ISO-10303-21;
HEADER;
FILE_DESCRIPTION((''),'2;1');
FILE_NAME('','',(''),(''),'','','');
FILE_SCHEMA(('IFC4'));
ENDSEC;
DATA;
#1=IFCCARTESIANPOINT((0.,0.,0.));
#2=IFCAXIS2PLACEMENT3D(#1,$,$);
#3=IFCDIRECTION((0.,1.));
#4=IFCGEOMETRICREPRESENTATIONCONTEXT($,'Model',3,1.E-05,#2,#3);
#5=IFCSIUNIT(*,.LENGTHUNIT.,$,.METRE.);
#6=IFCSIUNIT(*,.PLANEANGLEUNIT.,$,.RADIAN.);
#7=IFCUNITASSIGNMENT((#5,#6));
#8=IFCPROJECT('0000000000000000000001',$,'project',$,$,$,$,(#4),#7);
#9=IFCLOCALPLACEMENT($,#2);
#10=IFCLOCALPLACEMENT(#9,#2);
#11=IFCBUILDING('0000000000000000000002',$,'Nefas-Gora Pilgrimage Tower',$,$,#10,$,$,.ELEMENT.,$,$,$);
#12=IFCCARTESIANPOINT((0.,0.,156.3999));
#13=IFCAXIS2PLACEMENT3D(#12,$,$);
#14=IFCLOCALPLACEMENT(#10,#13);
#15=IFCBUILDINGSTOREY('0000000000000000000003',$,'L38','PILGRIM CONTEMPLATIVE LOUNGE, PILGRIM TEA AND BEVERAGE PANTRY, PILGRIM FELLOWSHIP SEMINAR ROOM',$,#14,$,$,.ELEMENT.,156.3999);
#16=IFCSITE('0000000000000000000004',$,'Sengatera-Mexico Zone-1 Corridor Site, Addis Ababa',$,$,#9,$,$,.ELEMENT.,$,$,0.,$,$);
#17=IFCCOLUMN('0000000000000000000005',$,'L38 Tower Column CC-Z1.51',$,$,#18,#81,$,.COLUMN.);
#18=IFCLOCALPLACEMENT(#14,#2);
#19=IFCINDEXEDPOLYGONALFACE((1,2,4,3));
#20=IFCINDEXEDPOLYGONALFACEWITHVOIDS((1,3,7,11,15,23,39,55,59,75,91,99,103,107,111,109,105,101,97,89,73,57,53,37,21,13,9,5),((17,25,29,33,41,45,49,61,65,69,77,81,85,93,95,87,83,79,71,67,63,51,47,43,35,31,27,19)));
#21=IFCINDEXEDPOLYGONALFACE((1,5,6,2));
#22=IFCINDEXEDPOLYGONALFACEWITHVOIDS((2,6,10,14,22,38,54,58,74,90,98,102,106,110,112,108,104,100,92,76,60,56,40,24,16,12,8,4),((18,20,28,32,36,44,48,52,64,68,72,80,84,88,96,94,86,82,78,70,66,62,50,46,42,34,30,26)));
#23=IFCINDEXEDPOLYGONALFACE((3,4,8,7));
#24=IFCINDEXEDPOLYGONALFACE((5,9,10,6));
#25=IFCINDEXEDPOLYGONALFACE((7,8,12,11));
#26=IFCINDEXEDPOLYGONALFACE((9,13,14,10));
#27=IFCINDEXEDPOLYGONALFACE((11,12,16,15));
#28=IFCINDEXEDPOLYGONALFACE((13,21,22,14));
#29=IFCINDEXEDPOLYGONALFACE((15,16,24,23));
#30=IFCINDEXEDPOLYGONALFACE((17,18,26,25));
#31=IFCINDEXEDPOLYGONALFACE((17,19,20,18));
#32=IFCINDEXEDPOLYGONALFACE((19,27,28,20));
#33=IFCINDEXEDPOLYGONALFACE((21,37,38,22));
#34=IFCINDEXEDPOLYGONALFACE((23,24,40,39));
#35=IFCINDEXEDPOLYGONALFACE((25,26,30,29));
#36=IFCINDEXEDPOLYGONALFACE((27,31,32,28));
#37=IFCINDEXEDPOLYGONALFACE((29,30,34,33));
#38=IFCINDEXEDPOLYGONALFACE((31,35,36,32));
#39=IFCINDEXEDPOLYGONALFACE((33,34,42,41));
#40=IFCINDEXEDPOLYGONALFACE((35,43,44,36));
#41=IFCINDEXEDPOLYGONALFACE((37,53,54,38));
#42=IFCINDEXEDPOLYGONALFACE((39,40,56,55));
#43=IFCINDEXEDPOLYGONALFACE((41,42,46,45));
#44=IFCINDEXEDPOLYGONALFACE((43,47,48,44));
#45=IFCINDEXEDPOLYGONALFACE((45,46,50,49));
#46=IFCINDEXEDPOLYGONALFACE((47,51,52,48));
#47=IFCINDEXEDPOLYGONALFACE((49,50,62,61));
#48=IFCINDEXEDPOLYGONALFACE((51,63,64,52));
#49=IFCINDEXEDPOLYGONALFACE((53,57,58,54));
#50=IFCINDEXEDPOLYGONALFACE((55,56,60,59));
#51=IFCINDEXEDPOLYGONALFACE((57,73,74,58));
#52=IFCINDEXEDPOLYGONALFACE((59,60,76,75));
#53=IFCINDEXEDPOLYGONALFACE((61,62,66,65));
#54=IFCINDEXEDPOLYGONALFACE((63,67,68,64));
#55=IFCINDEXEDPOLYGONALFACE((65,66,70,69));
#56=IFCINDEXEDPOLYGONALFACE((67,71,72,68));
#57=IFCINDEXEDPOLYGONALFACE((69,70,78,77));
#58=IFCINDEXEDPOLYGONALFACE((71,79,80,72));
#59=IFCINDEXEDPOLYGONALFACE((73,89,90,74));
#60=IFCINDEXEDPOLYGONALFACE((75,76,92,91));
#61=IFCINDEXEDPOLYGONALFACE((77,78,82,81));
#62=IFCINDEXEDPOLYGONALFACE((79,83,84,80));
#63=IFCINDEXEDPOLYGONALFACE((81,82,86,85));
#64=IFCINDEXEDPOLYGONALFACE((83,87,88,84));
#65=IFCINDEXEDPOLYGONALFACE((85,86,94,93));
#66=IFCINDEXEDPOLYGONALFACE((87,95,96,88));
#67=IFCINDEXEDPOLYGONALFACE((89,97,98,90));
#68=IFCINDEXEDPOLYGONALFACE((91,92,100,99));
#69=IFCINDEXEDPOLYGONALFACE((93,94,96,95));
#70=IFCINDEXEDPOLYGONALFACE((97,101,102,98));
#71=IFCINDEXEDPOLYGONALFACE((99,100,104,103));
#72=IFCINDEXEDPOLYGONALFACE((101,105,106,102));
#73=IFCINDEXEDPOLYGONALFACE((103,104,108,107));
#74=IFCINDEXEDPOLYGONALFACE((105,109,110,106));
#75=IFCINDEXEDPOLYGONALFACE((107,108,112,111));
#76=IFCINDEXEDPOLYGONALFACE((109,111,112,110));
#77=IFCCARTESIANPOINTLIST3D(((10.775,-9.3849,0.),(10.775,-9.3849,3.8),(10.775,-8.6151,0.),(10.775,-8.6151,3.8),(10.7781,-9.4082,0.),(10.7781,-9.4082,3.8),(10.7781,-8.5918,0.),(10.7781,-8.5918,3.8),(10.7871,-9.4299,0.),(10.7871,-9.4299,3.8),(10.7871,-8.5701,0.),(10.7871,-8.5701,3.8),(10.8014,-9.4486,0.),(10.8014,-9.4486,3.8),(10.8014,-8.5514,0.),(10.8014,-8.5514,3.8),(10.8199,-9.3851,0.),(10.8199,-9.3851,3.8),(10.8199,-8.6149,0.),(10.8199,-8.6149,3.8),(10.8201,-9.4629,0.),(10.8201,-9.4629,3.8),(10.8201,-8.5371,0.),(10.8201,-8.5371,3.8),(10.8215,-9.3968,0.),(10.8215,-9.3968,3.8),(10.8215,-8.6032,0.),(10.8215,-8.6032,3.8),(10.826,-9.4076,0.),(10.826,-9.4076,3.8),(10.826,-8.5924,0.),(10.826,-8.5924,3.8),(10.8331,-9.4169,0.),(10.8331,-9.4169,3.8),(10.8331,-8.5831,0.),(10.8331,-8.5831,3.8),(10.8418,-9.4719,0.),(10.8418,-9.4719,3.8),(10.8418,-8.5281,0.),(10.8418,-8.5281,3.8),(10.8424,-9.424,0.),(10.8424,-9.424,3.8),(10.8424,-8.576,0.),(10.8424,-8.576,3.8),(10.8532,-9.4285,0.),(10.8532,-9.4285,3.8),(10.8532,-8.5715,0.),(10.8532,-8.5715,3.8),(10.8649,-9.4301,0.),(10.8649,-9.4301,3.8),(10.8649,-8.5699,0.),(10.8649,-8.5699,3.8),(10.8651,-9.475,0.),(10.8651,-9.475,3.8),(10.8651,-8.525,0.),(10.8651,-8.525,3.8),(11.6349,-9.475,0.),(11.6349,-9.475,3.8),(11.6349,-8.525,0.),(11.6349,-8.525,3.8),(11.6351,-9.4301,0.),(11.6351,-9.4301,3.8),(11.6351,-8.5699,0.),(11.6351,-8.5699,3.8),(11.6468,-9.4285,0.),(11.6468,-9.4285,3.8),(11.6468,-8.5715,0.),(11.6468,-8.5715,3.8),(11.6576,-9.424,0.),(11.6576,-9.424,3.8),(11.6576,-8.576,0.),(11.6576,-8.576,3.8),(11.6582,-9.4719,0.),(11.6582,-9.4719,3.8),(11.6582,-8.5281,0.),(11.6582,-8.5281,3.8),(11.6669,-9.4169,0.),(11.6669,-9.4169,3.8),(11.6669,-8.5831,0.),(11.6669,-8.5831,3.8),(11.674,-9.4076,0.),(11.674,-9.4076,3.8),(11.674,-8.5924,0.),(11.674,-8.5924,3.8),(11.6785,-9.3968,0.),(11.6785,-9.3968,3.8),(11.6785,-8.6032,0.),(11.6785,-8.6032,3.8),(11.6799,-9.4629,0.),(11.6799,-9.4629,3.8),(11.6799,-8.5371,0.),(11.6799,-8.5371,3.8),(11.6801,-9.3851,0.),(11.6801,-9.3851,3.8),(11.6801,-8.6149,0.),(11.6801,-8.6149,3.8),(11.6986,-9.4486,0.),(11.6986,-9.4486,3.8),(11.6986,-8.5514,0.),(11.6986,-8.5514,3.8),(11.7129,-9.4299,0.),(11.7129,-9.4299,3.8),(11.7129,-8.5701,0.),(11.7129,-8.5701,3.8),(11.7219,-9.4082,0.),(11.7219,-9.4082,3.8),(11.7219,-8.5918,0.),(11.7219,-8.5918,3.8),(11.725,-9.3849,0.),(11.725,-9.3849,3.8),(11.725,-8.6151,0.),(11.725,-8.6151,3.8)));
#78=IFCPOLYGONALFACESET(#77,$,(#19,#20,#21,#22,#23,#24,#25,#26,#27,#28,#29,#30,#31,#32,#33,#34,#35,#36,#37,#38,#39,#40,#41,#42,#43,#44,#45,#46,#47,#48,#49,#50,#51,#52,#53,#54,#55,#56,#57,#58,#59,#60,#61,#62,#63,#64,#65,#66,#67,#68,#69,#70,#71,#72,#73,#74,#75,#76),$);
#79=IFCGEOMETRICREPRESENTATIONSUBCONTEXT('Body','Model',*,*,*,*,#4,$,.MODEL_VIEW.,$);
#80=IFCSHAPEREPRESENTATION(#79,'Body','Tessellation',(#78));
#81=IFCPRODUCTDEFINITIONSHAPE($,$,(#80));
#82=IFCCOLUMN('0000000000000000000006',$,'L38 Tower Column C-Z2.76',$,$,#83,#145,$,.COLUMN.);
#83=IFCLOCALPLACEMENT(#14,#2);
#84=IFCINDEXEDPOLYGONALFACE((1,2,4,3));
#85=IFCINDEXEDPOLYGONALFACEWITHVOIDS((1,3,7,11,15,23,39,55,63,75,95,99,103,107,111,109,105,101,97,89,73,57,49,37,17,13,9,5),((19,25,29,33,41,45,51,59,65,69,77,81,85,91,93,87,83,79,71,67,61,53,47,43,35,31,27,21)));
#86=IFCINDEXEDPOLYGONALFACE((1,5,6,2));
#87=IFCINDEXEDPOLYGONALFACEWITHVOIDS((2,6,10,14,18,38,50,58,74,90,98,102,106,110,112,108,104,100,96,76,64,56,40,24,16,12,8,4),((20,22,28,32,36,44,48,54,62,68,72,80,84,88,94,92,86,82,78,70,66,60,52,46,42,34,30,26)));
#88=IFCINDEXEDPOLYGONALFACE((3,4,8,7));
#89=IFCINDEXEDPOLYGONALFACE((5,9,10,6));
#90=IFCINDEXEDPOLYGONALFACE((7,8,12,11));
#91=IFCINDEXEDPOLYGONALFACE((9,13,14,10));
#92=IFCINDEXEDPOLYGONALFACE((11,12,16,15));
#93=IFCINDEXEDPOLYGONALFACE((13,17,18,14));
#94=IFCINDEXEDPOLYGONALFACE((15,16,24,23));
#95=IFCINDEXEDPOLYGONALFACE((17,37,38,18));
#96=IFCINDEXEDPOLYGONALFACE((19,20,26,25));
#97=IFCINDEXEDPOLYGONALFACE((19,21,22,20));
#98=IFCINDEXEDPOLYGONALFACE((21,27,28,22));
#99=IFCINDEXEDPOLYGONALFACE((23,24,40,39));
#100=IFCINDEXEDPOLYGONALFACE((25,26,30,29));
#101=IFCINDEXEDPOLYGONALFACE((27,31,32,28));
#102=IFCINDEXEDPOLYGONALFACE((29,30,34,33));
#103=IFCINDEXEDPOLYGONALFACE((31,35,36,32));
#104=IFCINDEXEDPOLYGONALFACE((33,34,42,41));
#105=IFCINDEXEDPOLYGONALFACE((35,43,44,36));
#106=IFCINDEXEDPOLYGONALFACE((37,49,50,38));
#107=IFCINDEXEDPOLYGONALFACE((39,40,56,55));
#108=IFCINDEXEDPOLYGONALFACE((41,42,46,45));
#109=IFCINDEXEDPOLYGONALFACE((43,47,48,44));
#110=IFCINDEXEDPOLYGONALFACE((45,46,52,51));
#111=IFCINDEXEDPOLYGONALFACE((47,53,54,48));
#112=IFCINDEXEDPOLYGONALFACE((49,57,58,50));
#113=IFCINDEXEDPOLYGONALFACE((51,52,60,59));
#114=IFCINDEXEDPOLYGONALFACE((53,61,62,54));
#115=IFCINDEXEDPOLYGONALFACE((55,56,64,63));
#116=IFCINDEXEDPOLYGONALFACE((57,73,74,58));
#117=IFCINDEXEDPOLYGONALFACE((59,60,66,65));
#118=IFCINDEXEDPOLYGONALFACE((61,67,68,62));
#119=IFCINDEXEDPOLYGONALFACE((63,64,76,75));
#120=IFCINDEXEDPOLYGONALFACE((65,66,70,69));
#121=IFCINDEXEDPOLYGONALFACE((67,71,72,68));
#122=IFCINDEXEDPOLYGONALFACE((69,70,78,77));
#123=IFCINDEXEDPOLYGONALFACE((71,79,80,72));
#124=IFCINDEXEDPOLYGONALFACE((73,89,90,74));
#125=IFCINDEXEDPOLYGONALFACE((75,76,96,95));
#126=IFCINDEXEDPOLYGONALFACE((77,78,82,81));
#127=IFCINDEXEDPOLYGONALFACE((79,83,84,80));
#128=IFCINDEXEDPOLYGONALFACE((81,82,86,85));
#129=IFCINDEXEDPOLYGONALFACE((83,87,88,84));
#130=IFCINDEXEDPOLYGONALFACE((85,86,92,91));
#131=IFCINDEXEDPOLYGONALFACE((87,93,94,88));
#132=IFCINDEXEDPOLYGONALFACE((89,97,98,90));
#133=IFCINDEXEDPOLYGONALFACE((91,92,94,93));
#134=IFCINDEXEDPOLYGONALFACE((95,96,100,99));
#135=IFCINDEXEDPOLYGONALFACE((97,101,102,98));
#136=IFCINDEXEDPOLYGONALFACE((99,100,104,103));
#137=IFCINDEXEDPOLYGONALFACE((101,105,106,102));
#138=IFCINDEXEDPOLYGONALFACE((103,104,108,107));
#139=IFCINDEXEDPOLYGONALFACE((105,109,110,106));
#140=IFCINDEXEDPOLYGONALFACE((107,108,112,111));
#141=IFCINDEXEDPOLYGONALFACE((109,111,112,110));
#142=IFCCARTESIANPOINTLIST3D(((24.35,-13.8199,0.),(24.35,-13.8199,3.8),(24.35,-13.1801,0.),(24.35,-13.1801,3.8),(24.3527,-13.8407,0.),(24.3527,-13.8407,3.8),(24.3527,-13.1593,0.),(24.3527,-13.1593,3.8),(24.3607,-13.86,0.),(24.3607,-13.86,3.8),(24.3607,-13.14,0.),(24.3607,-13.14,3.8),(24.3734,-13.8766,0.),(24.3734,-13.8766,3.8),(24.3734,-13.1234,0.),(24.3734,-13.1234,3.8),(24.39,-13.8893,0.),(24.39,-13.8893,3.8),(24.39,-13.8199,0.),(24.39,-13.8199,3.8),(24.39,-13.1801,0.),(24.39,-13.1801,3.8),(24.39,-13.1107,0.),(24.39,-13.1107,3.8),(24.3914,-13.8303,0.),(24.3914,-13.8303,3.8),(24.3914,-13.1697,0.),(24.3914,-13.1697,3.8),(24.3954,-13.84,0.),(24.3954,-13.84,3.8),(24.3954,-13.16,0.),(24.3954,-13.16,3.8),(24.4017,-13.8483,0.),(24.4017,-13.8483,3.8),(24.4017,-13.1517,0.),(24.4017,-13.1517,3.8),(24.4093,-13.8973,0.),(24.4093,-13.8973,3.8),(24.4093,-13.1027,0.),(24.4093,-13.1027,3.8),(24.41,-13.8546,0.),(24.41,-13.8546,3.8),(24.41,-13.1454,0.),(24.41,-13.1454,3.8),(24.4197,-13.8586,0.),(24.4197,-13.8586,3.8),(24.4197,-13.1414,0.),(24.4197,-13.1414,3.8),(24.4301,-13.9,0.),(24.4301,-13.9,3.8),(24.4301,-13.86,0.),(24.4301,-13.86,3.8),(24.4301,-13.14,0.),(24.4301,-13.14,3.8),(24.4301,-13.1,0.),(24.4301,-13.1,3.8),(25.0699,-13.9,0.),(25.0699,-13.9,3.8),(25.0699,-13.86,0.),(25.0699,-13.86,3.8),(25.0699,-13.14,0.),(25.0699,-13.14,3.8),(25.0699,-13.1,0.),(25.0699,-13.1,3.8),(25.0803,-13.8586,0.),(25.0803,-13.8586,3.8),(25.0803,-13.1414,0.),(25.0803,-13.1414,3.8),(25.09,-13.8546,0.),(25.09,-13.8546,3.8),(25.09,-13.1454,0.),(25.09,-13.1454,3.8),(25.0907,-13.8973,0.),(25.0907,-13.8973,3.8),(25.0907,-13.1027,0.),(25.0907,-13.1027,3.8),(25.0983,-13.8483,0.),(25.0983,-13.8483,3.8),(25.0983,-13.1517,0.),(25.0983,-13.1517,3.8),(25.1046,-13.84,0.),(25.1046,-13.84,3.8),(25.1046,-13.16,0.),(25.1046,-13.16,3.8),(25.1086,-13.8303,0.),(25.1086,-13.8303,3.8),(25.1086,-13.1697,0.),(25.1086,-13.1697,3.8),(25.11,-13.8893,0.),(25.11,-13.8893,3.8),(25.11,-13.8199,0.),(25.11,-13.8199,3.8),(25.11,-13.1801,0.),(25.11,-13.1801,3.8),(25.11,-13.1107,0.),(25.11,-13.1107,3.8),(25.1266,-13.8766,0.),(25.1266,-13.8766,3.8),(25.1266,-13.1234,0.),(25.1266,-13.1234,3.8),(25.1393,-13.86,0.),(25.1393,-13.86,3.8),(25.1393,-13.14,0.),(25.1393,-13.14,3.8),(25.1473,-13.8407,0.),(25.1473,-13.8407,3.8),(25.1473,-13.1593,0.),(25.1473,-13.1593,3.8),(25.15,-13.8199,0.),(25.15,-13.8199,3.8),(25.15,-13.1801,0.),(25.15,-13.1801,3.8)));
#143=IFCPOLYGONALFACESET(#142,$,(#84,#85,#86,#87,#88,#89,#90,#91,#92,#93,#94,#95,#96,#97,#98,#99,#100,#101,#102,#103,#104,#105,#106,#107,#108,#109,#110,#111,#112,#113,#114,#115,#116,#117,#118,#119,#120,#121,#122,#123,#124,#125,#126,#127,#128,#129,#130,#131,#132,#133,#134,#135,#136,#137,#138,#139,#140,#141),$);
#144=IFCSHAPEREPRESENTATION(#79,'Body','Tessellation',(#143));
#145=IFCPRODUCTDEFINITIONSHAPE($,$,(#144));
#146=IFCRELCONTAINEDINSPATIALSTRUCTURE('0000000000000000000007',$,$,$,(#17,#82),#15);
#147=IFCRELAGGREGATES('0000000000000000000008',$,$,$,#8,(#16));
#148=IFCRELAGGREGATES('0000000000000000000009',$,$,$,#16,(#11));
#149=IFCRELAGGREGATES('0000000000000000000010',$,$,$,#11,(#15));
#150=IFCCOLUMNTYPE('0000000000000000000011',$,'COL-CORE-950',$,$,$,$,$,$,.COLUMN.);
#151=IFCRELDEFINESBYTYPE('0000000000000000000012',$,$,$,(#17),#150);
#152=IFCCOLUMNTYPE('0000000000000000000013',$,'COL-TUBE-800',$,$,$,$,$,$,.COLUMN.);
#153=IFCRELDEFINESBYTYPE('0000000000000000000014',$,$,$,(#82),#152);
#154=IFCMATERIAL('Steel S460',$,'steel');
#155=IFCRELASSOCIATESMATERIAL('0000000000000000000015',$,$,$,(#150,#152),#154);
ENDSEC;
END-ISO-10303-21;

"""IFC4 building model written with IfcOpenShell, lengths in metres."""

from ifc_helpers import new_model, si_unit, direction, frame, origin, origin_2d, place, context, subcontext, project, spatial, hollow_rectangle, extrude, source, transform, mapped, material, material_profile, profile_set, type_object, element, save


model = new_model("IFC4")

# Units and contexts
model_context = context("Model", 3, precision=1e-05, world=origin(), true_north=direction((0.0, 1.0)))
body_context = subcontext(model_context, "Body", "Model", "MODEL_VIEW")
ifc_project = project(units=[si_unit("LENGTHUNIT", "METRE"), si_unit("PLANEANGLEUNIT", "RADIAN")], contexts=[model_context])

# Site, building, storey
site_placement = place(None, origin())
site = spatial("IfcSite", under=ifc_project, at=site_placement, Name="Sengatera-Mexico Zone-1 Corridor Site, Addis Ababa", CompositionType="ELEMENT", RefElevation=0.0)
building_placement = place(site_placement, origin())
building = spatial("IfcBuilding", under=site, at=building_placement, Name="Nefas-Gora Pilgrimage Tower", CompositionType="ELEMENT")
storey_placement = place(building_placement, frame((0.0, 0.0, 156.3999)))
storey = spatial("IfcBuildingStorey", under=building, at=storey_placement, Name="L38", Description="PILGRIM CONTEMPLATIVE LOUNGE, PILGRIM TEA AND BEVERAGE PANTRY, PILGRIM FELLOWSHIP SEMINAR ROOM", CompositionType="ELEMENT", Elevation=156.3999)

# Columns
ifc_material_1 = material(Name="Steel S460", Category="steel")
ifc_material_profile_1 = material_profile(ifc_material_1, hollow_rectangle(XDim=0.95, YDim=0.95, WallThickness=0.0449, InnerFilletRadius=0.0449, OuterFilletRadius=0.0901, at=origin_2d()), Name="BOX 950x950x45")
ifc_profile_set_1 = profile_set([ifc_material_profile_1], Name="Steel S460")
column_type_1 = type_object("IfcColumnType", Name="COL-CORE-950", PredefinedType="COLUMN", material=ifc_profile_set_1)
shared_shape_1 = source(origin(), body_context, "Body", "SweptSolid", [
    extrude(hollow_rectangle(XDim=0.95, YDim=0.95, WallThickness=0.0449, InnerFilletRadius=0.0449, OuterFilletRadius=0.0901, at=origin_2d()), origin(), (0.0, 0.0, 1.0), 3.8),
])
column_placement = place(storey_placement, frame((11.25, -9.0, 0.0), z_axis=(0.0, 0.0, 1.0), x_axis=(1.0, 0.0, 0.0)))
element("IfcColumn", 1, at=column_placement, inside=storey, type_object=column_type_1, Name="L38 Tower Column CC-Z1.51", PredefinedType="COLUMN", context=body_context, shape_type="MappedRepresentation", body=[
    mapped(shared_shape_1, transform((0.0, 0.0, 0.0), x_axis=(1.0, 0.0, 0.0), y_axis=(0.0, 1.0, 0.0), z_axis=(0.0, 0.0, 1.0), scale=1.0)),
])
ifc_material_profile_2 = material_profile(ifc_material_1, hollow_rectangle(XDim=0.8, YDim=0.8, WallThickness=0.04, InnerFilletRadius=0.04, OuterFilletRadius=0.0801, at=origin_2d()), Name="BOX 800x800x40")
ifc_profile_set_2 = profile_set([ifc_material_profile_2], Name="Steel S460")
column_type_2 = type_object("IfcColumnType", Name="COL-TUBE-800", PredefinedType="COLUMN", material=ifc_profile_set_2)
shared_shape_2 = source(origin(), body_context, "Body", "SweptSolid", [
    extrude(hollow_rectangle(XDim=0.8, YDim=0.8, WallThickness=0.04, InnerFilletRadius=0.04, OuterFilletRadius=0.0801, at=origin_2d()), origin(), (0.0, 0.0, 1.0), 3.8),
])
for number, where, z_axis, x_axis, name in (
    (2, (24.75, -13.5, 0.0), (0.0, 0.0, 1.0), (1.0, 0.0, 0.0), "L38 Tower Column C-Z2.76"),
):
    element("IfcColumn", number, at=place(storey_placement, frame(where, z_axis=z_axis, x_axis=x_axis)), inside=storey, type_object=column_type_2, Name=name, PredefinedType="COLUMN", context=body_context, shape_type="MappedRepresentation", body=[
        mapped(shared_shape_2, transform((0.0, 0.0, 0.0), x_axis=(1.0, 0.0, 0.0), y_axis=(0.0, 1.0, 0.0), z_axis=(0.0, 0.0, 1.0), scale=1.0)),
    ])

save(model, "model.ifc")
